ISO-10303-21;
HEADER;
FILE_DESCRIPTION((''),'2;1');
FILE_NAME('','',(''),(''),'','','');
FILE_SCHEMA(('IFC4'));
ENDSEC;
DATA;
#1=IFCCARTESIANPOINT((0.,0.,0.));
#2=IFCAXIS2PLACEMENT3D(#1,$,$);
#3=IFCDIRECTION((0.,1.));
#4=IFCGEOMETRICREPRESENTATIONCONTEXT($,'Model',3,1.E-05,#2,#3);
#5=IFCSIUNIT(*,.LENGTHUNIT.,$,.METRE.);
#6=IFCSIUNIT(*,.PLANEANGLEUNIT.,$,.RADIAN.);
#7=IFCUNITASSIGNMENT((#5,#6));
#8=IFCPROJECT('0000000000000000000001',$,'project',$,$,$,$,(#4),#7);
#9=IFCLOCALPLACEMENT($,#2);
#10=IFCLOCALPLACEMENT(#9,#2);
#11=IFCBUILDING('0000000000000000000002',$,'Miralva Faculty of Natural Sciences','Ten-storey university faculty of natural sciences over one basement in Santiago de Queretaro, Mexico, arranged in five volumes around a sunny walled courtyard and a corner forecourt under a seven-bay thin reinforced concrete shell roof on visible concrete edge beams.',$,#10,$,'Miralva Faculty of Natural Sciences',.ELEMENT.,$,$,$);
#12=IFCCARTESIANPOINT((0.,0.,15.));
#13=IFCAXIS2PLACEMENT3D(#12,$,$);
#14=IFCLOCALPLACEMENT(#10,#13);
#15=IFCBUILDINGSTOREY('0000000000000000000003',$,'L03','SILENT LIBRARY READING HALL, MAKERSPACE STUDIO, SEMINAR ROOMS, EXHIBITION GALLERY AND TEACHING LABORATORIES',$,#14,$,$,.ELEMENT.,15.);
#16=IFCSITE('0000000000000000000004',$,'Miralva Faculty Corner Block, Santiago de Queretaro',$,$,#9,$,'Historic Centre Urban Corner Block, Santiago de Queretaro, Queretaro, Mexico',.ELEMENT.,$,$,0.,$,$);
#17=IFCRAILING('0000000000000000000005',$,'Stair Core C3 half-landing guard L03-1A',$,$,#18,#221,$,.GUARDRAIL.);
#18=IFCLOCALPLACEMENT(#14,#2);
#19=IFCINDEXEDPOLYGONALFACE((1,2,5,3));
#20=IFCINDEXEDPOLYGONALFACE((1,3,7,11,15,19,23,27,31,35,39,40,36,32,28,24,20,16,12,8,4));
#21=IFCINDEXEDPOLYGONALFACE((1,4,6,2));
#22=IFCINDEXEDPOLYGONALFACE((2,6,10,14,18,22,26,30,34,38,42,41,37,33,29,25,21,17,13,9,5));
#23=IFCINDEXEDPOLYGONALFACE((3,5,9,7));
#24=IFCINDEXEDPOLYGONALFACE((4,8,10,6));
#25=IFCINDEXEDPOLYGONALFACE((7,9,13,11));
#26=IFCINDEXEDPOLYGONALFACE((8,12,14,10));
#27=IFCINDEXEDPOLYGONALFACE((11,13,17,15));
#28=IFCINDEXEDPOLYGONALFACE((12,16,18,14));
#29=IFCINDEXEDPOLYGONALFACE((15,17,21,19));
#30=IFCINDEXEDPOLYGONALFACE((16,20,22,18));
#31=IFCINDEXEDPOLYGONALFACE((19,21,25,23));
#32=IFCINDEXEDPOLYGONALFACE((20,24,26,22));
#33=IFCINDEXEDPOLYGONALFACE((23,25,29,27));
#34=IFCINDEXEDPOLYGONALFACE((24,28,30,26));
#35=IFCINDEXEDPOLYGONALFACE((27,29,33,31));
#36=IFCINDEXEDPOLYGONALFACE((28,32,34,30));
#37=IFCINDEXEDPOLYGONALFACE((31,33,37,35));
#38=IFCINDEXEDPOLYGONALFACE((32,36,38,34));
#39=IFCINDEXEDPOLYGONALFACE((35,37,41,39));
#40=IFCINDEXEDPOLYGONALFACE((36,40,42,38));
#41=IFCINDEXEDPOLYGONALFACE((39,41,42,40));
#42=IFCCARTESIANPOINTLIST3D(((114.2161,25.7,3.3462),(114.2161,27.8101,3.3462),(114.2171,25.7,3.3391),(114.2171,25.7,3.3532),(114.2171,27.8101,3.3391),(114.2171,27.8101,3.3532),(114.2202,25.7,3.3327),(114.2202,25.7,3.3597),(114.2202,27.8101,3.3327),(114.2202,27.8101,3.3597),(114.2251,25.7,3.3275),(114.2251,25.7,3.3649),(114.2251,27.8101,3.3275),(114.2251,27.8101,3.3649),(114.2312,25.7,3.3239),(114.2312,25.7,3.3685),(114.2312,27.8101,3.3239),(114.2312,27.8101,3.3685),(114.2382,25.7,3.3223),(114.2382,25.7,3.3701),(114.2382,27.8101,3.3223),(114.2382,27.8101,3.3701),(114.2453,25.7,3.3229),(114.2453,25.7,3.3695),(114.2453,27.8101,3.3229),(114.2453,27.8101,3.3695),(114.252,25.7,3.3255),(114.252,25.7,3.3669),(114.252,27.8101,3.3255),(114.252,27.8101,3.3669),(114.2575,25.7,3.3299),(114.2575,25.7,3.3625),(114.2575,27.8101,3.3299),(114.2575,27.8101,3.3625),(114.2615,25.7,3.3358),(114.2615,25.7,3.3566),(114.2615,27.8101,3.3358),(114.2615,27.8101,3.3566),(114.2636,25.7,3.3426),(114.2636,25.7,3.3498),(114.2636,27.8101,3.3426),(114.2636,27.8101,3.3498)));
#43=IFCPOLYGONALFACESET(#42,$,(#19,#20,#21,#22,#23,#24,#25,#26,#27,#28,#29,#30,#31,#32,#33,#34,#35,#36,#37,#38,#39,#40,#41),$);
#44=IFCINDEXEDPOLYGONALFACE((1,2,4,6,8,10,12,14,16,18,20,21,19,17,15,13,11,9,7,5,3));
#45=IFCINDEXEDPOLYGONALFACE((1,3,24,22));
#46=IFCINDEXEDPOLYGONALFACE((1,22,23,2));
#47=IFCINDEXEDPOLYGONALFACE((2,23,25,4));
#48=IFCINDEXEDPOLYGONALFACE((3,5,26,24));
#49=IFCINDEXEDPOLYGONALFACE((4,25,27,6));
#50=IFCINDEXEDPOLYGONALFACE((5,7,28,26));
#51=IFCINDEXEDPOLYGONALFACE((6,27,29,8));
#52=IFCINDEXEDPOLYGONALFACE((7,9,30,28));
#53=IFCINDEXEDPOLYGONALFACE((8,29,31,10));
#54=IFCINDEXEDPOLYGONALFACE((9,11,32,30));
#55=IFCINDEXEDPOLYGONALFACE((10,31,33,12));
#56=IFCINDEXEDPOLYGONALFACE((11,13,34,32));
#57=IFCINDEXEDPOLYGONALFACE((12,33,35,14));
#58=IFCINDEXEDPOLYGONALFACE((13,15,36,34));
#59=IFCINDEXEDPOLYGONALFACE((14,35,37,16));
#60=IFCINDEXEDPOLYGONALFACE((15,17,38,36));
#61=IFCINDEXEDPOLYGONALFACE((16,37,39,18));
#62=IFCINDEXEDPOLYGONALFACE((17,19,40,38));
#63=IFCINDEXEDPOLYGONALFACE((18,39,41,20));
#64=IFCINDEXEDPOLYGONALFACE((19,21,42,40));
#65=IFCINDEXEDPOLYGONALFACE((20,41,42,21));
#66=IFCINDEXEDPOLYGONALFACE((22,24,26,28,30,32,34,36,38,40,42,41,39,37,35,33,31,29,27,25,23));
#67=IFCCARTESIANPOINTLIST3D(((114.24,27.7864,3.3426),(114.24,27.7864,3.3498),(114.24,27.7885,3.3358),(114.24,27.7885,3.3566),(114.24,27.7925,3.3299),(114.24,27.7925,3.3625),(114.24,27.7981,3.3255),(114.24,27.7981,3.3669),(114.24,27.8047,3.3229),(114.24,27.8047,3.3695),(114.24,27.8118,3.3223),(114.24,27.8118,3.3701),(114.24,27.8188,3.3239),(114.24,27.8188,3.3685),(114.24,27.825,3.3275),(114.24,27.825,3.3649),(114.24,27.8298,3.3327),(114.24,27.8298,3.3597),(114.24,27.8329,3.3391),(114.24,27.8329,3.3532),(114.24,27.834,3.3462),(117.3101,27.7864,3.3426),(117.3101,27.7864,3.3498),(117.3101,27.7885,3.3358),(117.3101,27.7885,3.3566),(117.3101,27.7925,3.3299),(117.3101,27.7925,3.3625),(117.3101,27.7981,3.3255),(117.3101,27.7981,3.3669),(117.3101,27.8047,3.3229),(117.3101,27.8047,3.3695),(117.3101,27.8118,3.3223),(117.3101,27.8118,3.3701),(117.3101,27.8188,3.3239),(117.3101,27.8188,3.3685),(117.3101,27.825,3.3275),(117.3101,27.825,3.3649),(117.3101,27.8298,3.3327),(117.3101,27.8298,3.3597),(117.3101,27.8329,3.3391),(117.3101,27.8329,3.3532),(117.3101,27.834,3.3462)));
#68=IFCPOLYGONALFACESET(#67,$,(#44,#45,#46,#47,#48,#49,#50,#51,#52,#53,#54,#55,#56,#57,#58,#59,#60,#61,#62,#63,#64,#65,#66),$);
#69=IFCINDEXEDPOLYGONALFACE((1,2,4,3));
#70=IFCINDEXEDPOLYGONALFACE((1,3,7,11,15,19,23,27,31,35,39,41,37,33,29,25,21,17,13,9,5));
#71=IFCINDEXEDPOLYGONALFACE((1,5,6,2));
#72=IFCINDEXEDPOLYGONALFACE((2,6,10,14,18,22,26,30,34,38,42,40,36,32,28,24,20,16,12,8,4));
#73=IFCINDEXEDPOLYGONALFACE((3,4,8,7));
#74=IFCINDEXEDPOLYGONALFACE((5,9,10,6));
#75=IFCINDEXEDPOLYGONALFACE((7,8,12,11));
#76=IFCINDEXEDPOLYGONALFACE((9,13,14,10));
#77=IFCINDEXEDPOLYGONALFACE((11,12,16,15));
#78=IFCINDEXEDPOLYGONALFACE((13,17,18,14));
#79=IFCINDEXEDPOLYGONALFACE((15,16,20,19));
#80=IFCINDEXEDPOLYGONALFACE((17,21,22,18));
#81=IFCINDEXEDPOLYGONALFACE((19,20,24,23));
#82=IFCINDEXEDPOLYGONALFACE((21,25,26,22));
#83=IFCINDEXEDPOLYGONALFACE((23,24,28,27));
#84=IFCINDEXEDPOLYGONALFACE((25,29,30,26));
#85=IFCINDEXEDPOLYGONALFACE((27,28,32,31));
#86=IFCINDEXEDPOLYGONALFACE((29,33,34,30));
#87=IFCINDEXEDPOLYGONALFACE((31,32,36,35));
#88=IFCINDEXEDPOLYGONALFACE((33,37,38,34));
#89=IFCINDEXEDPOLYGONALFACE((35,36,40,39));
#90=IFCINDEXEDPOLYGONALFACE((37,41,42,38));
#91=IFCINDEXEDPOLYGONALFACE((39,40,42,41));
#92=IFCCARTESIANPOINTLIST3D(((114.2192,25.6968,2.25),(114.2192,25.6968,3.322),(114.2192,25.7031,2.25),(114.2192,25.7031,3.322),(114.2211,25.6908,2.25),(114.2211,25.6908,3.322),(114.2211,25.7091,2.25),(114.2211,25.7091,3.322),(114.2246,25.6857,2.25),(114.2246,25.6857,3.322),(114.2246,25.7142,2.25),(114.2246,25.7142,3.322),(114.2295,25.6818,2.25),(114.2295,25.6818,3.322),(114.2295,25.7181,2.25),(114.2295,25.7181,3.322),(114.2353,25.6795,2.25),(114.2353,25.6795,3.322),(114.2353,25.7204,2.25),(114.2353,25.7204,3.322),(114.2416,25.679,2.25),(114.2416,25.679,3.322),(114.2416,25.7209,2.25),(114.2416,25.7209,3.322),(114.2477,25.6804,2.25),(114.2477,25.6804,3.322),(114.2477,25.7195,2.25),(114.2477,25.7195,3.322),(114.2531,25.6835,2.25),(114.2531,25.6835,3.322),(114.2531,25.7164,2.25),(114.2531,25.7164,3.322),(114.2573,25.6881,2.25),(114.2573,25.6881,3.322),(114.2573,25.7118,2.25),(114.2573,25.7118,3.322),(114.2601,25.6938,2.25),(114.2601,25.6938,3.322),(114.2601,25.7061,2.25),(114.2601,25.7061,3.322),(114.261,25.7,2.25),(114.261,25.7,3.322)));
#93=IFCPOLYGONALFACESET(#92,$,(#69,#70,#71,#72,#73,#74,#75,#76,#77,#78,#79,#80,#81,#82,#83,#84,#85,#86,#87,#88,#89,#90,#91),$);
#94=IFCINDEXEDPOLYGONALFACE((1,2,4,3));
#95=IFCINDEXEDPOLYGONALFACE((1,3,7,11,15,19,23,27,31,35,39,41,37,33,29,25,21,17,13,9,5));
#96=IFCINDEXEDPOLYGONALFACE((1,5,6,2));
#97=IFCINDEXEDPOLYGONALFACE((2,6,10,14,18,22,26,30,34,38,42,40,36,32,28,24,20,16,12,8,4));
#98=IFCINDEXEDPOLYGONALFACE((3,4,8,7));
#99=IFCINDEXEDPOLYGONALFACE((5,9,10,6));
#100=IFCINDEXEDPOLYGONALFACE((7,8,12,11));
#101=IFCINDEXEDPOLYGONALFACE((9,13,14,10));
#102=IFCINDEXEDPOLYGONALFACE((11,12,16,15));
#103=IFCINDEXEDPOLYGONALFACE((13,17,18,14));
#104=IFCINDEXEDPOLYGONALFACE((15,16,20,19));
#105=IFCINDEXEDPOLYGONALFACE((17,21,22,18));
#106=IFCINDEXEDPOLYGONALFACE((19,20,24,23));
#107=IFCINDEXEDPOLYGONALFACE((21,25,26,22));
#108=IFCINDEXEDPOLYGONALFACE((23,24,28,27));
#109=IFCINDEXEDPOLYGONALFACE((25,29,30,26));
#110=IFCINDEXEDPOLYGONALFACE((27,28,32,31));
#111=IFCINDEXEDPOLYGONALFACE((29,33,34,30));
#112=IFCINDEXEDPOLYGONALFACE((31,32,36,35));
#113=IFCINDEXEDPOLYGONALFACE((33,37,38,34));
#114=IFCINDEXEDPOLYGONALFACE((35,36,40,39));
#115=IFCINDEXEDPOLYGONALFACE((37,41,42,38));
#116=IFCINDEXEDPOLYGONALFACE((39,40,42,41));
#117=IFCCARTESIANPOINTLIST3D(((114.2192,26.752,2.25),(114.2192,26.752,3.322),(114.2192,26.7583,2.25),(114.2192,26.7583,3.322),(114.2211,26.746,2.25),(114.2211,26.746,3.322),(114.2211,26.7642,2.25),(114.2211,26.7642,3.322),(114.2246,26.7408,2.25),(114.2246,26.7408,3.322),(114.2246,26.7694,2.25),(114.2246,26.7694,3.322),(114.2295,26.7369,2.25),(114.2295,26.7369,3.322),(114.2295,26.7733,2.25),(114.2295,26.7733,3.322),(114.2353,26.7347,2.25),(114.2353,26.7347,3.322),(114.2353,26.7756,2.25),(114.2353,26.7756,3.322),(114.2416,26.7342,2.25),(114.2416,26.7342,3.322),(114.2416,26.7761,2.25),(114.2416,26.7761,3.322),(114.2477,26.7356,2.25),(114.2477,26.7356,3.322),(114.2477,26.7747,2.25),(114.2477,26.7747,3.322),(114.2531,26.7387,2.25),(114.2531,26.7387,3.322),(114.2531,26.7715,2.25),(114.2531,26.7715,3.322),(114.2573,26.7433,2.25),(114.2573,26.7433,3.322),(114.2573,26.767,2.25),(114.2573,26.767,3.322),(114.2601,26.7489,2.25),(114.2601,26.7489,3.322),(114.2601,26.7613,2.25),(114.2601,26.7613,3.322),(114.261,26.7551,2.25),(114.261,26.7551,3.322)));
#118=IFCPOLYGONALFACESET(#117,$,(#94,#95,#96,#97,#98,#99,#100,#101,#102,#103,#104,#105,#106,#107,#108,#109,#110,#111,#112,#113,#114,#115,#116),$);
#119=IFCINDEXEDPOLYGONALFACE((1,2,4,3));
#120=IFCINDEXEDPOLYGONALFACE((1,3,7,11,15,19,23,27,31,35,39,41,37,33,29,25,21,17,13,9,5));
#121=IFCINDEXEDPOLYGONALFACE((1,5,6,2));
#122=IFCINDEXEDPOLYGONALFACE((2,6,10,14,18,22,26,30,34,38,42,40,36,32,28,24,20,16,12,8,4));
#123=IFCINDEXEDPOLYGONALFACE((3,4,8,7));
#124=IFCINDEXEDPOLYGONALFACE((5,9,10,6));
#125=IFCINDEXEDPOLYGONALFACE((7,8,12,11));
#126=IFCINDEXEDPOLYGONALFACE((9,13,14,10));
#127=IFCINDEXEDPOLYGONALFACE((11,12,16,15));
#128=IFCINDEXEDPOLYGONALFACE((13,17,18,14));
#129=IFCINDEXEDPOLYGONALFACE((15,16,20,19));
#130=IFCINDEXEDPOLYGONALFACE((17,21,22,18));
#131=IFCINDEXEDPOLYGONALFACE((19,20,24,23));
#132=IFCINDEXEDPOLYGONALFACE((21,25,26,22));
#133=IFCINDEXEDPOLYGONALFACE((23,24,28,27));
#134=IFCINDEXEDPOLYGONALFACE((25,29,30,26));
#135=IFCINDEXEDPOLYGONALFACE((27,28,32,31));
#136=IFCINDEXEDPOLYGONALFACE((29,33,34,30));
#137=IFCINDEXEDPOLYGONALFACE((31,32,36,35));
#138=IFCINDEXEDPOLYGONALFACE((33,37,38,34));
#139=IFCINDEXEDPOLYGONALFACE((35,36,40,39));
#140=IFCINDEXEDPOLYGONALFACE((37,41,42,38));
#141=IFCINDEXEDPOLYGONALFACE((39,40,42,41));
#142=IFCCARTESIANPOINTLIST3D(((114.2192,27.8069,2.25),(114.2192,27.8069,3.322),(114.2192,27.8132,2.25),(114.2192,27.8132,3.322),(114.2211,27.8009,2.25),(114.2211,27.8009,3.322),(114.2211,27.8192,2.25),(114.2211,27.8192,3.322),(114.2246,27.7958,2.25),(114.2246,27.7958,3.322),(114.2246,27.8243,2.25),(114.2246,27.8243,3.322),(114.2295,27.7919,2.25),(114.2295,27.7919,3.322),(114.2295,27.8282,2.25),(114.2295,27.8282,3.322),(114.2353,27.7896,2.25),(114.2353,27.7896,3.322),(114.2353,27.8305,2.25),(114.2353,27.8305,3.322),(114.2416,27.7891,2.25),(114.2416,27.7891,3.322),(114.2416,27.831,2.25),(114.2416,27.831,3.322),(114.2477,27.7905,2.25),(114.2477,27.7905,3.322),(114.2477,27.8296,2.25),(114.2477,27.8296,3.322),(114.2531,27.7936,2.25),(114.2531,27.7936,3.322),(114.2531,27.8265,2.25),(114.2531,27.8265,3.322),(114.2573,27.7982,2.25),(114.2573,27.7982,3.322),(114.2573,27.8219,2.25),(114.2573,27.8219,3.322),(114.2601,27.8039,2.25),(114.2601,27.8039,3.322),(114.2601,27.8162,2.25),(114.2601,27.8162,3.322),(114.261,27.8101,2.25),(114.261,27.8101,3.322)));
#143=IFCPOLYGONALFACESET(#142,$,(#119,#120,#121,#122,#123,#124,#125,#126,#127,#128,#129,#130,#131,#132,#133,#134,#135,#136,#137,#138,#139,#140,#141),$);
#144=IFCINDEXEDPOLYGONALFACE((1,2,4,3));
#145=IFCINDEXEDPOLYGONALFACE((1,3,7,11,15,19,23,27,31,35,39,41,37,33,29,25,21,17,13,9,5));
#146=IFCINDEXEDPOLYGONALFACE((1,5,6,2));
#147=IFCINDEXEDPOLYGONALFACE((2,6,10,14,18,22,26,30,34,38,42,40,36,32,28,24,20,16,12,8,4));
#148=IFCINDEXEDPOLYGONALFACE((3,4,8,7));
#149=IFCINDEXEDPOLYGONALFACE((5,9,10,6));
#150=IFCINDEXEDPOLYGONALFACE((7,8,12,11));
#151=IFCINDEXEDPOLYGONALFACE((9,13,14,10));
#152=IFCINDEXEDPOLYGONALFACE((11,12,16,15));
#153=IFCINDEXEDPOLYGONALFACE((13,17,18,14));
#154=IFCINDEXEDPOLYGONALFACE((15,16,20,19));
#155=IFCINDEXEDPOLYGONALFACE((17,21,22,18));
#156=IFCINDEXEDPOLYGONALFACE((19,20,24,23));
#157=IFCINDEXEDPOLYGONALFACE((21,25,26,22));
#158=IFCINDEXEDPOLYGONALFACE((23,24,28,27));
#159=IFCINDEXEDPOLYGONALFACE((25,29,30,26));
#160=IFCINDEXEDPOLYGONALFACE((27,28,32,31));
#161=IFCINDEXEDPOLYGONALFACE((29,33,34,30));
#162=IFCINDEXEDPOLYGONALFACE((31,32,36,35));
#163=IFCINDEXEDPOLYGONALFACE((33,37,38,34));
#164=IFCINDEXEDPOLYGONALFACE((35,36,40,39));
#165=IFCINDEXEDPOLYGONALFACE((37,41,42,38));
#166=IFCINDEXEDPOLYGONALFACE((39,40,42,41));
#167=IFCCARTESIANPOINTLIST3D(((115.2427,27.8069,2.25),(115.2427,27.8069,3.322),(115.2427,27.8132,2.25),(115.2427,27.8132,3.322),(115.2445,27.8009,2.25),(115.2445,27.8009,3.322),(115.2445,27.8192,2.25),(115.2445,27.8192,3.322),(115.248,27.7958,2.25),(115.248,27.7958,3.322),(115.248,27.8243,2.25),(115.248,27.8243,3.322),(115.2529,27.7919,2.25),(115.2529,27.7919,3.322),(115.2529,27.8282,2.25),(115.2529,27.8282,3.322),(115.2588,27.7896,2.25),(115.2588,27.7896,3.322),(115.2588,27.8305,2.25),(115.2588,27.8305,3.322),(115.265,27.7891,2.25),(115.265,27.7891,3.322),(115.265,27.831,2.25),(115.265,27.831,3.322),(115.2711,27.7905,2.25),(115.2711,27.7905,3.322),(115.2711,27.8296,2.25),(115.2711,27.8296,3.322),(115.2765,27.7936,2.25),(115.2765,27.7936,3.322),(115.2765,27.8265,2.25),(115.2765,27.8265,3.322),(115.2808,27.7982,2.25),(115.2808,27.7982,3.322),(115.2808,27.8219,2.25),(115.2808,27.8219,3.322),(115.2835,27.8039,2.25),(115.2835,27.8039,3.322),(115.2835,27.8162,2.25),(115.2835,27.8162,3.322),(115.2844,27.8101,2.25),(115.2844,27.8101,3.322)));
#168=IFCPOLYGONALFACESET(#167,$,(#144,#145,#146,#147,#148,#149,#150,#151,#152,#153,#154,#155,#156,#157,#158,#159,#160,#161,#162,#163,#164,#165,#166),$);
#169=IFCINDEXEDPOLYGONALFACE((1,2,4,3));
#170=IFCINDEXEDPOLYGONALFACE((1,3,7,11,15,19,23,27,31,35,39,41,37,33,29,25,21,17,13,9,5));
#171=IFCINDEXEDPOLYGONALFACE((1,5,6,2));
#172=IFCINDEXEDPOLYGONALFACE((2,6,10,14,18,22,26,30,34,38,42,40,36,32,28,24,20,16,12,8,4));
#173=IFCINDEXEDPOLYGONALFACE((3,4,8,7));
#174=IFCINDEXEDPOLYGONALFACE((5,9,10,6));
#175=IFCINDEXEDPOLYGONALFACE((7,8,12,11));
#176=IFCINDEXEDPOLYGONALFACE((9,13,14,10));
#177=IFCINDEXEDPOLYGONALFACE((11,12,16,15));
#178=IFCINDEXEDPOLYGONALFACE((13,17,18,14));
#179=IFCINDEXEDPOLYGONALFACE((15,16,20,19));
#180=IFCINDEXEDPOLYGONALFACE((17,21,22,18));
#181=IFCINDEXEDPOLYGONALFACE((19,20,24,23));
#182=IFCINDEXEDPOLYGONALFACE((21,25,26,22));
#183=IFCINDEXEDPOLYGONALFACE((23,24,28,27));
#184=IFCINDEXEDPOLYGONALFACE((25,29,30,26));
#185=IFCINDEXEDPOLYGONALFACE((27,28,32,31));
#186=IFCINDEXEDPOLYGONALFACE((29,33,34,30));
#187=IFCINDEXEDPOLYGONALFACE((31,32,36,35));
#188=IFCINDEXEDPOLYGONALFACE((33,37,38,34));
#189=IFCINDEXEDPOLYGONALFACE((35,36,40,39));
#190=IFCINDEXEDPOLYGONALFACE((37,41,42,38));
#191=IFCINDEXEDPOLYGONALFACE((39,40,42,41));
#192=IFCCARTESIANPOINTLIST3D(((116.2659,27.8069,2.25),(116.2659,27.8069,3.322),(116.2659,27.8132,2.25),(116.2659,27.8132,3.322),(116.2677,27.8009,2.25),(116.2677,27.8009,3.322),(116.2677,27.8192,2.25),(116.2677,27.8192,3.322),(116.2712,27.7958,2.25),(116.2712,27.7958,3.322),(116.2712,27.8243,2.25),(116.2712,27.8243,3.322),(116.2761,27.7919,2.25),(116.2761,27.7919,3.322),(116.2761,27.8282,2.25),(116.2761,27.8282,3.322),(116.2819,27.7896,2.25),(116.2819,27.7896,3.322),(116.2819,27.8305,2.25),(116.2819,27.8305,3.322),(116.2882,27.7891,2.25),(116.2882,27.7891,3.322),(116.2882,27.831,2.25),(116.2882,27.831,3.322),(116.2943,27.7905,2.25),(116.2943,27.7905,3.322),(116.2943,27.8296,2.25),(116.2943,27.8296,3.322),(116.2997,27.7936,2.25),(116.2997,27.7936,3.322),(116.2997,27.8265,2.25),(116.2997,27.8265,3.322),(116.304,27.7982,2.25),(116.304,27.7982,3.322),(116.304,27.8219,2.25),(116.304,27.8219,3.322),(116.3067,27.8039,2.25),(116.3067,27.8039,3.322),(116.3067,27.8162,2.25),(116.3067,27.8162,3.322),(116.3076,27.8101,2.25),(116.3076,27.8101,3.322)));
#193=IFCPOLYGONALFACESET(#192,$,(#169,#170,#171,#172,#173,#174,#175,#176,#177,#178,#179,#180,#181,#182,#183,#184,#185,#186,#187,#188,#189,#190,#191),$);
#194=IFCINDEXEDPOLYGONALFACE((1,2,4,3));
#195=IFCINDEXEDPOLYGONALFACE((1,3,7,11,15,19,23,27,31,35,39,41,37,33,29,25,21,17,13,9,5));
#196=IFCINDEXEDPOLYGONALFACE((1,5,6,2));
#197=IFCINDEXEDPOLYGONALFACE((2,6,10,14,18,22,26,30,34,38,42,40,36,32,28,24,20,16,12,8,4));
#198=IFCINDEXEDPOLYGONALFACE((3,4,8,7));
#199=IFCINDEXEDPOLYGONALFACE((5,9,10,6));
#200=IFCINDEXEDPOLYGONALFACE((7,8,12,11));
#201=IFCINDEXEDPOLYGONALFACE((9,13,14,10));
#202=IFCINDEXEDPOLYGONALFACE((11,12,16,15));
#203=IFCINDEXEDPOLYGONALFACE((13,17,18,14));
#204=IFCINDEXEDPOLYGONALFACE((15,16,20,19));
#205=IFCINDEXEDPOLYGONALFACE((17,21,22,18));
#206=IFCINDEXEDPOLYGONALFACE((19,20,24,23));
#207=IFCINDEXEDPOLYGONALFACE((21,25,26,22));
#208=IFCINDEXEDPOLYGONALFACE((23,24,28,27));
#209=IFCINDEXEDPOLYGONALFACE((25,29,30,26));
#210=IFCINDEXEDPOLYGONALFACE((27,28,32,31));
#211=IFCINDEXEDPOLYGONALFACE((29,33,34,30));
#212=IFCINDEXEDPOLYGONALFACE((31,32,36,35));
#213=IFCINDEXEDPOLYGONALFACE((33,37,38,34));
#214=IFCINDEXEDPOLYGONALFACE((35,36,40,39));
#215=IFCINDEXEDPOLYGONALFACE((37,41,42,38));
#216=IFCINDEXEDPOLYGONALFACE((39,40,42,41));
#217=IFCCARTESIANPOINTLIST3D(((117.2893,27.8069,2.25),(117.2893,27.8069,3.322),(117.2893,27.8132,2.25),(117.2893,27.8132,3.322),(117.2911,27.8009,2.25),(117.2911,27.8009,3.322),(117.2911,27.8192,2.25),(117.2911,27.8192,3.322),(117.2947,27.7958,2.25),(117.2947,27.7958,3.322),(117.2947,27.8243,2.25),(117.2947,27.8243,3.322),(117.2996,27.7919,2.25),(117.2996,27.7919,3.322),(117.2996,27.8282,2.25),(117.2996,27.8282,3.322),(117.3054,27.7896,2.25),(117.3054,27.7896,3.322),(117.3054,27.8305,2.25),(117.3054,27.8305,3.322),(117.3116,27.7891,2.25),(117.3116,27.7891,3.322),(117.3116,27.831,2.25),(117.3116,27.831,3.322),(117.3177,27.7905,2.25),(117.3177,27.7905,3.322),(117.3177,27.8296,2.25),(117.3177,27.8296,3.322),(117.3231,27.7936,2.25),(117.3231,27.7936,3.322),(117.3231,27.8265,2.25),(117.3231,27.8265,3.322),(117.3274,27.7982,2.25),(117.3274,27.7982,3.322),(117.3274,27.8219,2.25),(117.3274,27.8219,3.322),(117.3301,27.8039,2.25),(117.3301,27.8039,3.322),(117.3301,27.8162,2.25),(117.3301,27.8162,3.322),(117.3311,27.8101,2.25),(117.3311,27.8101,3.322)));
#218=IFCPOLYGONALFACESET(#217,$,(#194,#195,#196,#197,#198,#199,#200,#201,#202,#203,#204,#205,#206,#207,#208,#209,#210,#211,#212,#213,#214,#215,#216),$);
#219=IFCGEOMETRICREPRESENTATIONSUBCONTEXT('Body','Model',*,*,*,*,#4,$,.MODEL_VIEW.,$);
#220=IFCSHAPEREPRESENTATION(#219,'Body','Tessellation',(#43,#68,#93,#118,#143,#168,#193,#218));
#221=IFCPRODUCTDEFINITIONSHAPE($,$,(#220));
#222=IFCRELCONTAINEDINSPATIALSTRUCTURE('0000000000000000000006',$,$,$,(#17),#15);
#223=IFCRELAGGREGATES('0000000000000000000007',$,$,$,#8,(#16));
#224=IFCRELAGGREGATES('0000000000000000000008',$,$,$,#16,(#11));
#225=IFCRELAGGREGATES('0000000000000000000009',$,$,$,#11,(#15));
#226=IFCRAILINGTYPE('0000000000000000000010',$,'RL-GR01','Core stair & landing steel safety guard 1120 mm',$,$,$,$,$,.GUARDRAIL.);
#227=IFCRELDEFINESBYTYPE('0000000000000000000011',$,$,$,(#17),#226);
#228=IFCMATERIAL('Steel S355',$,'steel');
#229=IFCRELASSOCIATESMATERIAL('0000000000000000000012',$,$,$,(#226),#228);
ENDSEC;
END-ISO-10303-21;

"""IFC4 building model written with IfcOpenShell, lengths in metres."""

from ifc_helpers import new_model, si_unit, direction, frame, origin, origin_2d, place, context, subcontext, project, spatial, circle, extrude, material, type_object, element, save


model = new_model("IFC4")

# Units and contexts
model_context = context("Model", 3, precision=1e-05, world=origin(), true_north=direction((0.0, 1.0)))
body_context = subcontext(model_context, "Body", "Model", "MODEL_VIEW")
ifc_project = project(units=[si_unit("LENGTHUNIT", "METRE"), si_unit("PLANEANGLEUNIT", "RADIAN")], contexts=[model_context])

# Site, building, storey
site_placement = place(None, origin())
site = spatial("IfcSite", under=ifc_project, at=site_placement, Name="Miralva Faculty Corner Block, Santiago de Queretaro", LongName="Historic Centre Urban Corner Block, Santiago de Queretaro, Queretaro, Mexico", CompositionType="ELEMENT", RefElevation=0.0)
building_placement = place(site_placement, origin())
building = spatial("IfcBuilding", under=site, at=building_placement, Name="Miralva Faculty of Natural Sciences", Description="Ten-storey university faculty of natural sciences over one basement in Santiago de Queretaro, Mexico, arranged in five volumes around a sunny walled courtyard and a corner forecourt under a seven-bay thin reinforced concrete shell roof on visible concrete edge beams.", LongName="Miralva Faculty of Natural Sciences", CompositionType="ELEMENT")
storey_placement = place(building_placement, frame((0.0, 0.0, 15.0)))
storey = spatial("IfcBuildingStorey", under=building, at=storey_placement, Name="L03", Description="SILENT LIBRARY READING HALL, MAKERSPACE STUDIO, SEMINAR ROOMS, EXHIBITION GALLERY AND TEACHING LABORATORIES", CompositionType="ELEMENT", Elevation=15.0)

# Railing
ifc_material_1 = material(Name="Steel S355", Category="steel")
railing_type = type_object("IfcRailingType", Name="RL-GR01", Description="Core stair & landing steel safety guard 1120 mm", PredefinedType="GUARDRAIL", material=ifc_material_1)
railing_placement = place(storey_placement, frame((114.24, 25.7, 2.25)))
element("IfcRailing", 1, at=railing_placement, inside=storey, type_object=railing_type, Name="Stair Core C3 half-landing guard L03-1A", PredefinedType="GUARDRAIL", context=body_context, shape_type="SweptSolid", body=[
    extrude(circle(Radius=0.0239, at=origin_2d()), frame((0.0, 0.0, 1.0962), z_axis=(0.0, 1.0, 0.0), x_axis=(-1.0, 0.0, 0.0)), (0.0, 0.0, 1.0), 2.1101),
    extrude(circle(Radius=0.0239, at=origin_2d()), frame((0.0, 2.1101, 1.0962), z_axis=(1.0, 0.0, 0.0), x_axis=(0.0, 1.0, 0.0)), (0.0, 0.0, 1.0), 3.0701),
    extrude(circle(Radius=0.021, at=origin_2d()), origin(), (0.0, 0.0, 1.0), 1.072),
    extrude(circle(Radius=0.021, at=origin_2d()), frame((0.0, 1.0552, 0.0)), (0.0, 0.0, 1.0), 1.072),
    extrude(circle(Radius=0.021, at=origin_2d()), frame((0.0, 2.1101, 0.0)), (0.0, 0.0, 1.0), 1.072),
    extrude(circle(Radius=0.021, at=origin_2d()), frame((1.0234, 2.1101, 0.0)), (0.0, 0.0, 1.0), 1.072),
    extrude(circle(Radius=0.021, at=origin_2d()), frame((2.0466, 2.1101, 0.0)), (0.0, 0.0, 1.0), 1.072),
    extrude(circle(Radius=0.021, at=origin_2d()), frame((3.0701, 2.1101, 0.0)), (0.0, 0.0, 1.0), 1.072),
])

save(model, "model.ifc")
